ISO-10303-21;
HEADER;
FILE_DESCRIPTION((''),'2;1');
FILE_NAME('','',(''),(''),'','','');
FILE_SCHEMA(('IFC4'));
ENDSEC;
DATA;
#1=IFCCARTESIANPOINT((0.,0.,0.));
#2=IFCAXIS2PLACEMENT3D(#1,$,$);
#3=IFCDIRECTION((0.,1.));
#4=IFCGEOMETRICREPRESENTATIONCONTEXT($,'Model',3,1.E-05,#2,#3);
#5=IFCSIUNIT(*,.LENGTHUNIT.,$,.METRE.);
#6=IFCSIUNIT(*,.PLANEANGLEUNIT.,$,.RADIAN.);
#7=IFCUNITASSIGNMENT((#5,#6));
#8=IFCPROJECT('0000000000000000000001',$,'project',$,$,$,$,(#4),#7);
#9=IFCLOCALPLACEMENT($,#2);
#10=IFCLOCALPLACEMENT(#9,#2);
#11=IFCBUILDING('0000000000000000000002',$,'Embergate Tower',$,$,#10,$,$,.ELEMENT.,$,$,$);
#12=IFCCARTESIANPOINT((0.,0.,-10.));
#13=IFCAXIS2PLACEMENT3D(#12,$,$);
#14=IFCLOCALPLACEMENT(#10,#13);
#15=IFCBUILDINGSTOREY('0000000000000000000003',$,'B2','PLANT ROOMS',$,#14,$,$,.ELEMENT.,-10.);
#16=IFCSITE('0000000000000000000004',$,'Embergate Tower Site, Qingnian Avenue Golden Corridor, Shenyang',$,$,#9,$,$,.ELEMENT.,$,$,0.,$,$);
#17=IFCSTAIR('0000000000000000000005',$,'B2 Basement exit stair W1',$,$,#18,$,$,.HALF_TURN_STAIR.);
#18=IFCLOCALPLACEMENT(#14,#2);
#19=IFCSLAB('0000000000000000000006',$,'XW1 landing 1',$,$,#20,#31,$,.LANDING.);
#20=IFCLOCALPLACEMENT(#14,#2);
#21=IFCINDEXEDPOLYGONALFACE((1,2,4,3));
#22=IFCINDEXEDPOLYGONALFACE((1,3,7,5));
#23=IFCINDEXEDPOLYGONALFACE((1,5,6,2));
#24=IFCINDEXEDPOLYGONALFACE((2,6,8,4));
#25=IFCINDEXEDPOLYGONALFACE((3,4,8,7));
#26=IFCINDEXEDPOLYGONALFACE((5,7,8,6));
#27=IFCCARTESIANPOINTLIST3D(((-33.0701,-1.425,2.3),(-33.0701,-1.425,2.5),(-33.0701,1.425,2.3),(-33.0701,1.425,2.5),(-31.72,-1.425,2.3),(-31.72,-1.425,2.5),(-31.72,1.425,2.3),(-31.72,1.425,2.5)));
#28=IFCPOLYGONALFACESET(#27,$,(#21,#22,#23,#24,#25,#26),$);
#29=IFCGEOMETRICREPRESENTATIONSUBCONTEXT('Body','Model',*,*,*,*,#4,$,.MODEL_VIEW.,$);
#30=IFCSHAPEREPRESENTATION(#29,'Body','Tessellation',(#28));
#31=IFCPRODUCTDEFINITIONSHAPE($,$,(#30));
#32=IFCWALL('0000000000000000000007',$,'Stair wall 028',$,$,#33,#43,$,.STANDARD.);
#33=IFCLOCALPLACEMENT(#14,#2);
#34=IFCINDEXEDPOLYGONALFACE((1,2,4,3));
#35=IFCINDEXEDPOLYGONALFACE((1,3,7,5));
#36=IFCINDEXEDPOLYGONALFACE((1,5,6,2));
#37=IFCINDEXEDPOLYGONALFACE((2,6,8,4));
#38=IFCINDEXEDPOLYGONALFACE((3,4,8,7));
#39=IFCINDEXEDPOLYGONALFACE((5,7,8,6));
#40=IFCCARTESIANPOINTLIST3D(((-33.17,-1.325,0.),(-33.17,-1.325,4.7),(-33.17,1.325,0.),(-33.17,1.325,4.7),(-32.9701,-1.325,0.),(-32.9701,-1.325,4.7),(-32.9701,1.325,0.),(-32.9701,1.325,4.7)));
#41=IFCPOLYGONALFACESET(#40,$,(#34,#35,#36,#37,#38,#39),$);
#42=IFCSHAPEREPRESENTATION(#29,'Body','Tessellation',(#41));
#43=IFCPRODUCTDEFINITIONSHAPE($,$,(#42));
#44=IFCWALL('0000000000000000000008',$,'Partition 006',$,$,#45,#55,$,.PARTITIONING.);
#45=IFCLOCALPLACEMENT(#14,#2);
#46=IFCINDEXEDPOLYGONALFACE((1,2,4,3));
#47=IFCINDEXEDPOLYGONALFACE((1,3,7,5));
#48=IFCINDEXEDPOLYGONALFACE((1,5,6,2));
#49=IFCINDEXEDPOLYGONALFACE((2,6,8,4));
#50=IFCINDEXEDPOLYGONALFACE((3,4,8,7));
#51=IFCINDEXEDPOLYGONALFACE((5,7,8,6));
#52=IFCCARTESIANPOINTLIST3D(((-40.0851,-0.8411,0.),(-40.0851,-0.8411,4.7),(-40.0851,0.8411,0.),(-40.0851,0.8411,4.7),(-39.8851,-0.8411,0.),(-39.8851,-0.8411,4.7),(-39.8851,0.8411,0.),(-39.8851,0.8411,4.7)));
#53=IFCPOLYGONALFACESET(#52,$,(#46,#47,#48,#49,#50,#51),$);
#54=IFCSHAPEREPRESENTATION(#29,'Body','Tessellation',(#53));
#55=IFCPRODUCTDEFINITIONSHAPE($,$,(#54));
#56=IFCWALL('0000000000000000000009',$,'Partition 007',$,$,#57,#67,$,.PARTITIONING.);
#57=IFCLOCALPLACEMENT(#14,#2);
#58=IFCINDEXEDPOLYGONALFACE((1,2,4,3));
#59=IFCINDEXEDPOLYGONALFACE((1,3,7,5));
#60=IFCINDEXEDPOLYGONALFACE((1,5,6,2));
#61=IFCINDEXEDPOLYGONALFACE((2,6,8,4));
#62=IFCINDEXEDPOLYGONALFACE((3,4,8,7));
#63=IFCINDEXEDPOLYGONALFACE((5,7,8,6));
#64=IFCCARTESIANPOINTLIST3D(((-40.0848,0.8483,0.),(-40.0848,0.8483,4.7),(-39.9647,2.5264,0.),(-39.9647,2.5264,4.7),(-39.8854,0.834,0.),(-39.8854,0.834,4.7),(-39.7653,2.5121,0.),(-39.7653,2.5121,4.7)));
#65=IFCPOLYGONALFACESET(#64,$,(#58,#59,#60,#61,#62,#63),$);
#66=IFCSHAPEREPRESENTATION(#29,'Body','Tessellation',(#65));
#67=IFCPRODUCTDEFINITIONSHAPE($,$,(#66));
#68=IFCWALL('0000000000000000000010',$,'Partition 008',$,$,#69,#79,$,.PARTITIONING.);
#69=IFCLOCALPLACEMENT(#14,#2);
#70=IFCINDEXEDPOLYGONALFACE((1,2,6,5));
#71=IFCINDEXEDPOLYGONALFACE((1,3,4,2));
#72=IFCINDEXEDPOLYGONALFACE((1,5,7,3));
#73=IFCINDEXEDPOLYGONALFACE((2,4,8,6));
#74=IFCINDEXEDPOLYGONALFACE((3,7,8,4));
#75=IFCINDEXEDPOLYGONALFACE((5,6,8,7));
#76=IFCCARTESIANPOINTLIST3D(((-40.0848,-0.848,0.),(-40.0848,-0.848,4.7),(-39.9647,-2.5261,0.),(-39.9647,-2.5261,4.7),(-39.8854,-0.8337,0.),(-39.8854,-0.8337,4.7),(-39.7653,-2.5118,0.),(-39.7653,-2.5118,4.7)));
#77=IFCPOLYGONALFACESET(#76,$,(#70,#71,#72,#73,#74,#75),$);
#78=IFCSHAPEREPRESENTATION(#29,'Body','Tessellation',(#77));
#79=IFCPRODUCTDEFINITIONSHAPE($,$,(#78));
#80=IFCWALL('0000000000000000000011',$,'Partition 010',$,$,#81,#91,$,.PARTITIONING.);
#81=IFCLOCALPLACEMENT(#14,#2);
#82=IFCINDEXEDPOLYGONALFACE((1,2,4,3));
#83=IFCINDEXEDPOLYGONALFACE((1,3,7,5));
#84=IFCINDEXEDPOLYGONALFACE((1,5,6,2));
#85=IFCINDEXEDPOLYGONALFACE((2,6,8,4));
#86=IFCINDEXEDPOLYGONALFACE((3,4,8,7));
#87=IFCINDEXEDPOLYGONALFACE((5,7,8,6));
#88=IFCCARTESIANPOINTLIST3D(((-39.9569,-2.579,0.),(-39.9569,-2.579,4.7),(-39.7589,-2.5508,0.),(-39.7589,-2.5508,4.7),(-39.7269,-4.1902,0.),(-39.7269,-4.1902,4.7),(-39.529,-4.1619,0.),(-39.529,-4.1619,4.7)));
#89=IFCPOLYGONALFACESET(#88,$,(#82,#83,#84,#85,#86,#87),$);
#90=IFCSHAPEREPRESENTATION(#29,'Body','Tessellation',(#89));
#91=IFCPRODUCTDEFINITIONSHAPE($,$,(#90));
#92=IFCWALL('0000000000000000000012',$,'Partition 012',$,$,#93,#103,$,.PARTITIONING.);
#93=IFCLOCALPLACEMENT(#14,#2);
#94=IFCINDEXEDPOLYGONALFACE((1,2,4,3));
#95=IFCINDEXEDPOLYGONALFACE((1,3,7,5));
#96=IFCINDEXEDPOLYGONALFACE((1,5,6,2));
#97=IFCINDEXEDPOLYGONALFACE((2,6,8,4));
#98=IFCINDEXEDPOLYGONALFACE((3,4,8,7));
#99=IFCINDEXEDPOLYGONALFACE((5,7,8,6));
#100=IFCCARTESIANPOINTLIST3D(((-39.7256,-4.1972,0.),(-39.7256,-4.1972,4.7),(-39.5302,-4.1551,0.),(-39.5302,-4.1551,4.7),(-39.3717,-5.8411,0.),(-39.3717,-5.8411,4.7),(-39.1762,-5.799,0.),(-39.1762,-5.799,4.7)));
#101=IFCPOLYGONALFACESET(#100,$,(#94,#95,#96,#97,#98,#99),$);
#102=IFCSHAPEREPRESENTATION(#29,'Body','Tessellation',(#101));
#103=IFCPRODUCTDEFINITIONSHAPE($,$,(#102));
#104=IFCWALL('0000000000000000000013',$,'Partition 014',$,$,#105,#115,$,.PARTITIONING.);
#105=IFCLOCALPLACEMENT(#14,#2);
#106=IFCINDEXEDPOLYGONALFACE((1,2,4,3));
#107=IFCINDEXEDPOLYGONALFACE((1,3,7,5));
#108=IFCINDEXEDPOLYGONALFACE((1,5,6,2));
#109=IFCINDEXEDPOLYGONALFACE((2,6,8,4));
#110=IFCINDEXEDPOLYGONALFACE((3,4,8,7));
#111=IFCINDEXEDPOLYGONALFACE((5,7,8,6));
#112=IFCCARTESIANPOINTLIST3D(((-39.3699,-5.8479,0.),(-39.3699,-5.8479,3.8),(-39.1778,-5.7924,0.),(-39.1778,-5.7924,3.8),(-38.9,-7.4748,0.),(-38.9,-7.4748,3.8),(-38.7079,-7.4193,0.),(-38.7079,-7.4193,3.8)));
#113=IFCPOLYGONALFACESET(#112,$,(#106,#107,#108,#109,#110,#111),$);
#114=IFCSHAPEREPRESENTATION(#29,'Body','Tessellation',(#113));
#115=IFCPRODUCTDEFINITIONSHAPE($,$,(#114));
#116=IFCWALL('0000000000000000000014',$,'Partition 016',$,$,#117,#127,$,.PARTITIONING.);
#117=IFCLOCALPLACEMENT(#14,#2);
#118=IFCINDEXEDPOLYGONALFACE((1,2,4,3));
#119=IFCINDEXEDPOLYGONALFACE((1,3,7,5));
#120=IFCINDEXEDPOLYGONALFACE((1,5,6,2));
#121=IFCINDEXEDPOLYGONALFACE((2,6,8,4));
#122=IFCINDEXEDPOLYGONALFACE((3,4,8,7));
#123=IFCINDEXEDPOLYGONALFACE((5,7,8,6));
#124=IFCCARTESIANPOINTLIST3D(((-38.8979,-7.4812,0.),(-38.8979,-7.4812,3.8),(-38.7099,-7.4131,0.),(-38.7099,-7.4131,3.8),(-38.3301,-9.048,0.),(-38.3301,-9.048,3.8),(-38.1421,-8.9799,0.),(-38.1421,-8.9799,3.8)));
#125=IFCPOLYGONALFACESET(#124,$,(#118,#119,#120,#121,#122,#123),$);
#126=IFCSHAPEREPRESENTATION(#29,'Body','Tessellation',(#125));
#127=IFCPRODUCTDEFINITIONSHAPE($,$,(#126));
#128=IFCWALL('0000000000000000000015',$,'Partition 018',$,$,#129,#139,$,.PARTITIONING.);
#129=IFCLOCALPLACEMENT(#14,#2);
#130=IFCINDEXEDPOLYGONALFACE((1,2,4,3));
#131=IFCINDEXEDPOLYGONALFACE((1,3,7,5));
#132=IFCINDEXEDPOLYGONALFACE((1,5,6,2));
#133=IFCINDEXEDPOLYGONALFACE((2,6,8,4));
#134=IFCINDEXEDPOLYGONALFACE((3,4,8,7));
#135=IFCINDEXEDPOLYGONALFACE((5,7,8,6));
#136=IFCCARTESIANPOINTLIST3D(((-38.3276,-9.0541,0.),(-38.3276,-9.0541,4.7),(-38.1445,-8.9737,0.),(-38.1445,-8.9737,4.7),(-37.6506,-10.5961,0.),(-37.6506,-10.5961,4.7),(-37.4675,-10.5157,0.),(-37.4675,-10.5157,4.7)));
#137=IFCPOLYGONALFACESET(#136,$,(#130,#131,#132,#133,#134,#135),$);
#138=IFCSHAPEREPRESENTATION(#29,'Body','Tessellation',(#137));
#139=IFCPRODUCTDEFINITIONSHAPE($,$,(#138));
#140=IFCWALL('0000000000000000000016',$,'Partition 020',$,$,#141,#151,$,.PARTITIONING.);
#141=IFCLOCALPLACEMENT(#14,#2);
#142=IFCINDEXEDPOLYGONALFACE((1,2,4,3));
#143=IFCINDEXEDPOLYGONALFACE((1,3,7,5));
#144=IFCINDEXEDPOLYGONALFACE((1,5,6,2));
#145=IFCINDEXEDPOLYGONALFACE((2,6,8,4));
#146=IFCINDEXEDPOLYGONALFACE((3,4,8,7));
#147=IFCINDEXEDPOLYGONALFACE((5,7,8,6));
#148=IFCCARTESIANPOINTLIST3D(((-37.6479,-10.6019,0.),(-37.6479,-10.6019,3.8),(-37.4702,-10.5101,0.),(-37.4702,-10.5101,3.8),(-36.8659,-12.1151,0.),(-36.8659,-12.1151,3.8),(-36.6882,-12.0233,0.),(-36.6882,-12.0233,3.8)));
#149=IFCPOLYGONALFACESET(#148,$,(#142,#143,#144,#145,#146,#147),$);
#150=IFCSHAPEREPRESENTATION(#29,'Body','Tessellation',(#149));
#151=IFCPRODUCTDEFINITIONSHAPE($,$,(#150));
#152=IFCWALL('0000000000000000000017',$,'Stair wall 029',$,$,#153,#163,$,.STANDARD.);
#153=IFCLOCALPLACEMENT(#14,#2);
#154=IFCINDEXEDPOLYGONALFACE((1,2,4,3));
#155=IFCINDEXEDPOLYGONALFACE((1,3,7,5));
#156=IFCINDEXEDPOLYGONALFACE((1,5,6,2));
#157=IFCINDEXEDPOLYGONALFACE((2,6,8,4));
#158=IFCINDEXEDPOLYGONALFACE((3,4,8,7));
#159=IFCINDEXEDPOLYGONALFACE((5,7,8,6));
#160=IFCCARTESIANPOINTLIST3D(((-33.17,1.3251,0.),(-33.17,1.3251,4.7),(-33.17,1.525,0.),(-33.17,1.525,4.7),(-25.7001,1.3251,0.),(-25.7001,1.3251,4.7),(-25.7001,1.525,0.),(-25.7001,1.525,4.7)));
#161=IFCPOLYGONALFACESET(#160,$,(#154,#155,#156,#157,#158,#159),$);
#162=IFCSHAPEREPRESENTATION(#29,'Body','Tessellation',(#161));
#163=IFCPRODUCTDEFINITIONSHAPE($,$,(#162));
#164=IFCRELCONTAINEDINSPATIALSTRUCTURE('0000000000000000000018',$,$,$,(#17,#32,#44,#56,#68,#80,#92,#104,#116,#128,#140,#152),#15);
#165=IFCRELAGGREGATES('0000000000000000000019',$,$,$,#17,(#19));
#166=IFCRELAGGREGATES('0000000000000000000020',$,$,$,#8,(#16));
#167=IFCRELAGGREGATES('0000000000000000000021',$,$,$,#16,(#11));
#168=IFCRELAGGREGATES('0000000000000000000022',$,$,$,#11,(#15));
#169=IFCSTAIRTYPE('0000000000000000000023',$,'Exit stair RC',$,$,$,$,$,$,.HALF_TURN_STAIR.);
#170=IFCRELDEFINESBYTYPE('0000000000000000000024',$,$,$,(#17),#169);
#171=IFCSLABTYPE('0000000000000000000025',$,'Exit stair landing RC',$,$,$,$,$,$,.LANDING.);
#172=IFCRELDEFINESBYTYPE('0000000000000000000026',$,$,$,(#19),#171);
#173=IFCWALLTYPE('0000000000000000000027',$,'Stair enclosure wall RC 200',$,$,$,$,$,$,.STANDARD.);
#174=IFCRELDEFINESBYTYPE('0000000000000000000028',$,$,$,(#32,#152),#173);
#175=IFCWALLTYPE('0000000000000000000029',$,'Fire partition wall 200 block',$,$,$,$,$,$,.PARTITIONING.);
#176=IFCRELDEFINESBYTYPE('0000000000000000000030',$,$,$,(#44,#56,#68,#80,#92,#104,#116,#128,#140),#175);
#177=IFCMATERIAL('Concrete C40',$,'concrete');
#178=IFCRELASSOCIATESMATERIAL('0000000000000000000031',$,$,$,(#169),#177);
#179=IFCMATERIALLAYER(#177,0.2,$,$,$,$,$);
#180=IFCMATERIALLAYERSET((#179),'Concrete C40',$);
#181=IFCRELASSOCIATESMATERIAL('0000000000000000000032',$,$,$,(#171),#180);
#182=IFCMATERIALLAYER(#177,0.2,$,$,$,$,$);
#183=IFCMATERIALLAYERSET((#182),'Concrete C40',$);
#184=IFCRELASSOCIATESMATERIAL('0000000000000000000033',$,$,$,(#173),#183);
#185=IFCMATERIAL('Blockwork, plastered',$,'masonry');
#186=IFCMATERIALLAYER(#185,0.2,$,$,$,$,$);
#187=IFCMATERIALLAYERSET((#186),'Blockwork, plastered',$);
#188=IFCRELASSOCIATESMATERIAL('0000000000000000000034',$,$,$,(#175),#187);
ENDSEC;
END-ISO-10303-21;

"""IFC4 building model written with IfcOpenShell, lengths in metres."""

from ifc_helpers import new_model, si_unit, direction, frame, frame_2d, origin, place, context, subcontext, project, spatial, polyline, rectangle, outline, extrude, source, transform, mapped, material, layer, layer_set, type_object, element, aggregate, save


model = new_model("IFC4")

# Units and contexts
model_context = context("Model", 3, precision=1e-05, world=origin(), true_north=direction((0.0, 1.0)))
body_context = subcontext(model_context, "Body", "Model", "MODEL_VIEW")
ifc_project = project(units=[si_unit("LENGTHUNIT", "METRE"), si_unit("PLANEANGLEUNIT", "RADIAN")], contexts=[model_context])

# Site, building, storey
site_placement = place(None, origin())
site = spatial("IfcSite", under=ifc_project, at=site_placement, Name="Embergate Tower Site, Qingnian Avenue Golden Corridor, Shenyang", CompositionType="ELEMENT", RefElevation=0.0)
building_placement = place(site_placement, origin())
building = spatial("IfcBuilding", under=site, at=building_placement, Name="Embergate Tower", CompositionType="ELEMENT")
storey_placement = place(building_placement, frame((0.0, 0.0, -10.0)))
storey = spatial("IfcBuildingStorey", under=building, at=storey_placement, Name="B2", Description="PLANT ROOMS", CompositionType="ELEMENT", Elevation=-10.0)

# Shared definitions
ifc_material_1 = material(Name="Concrete C40", Category="concrete")

# Stair, slab
stair_type = type_object("IfcStairType", Name="Exit stair RC", PredefinedType="HALF_TURN_STAIR", material=ifc_material_1)
stair_placement = place(storey_placement, origin())
stair = element("IfcStair", 1, at=stair_placement, inside=storey, type_object=stair_type, Name="B2 Basement exit stair W1", PredefinedType="HALF_TURN_STAIR")
ifc_layer_1 = layer(ifc_material_1, 0.2)
ifc_layer_set_1 = layer_set([ifc_layer_1], Name="Concrete C40")
slab_type = type_object("IfcSlabType", Name="Exit stair landing RC", PredefinedType="LANDING", material=ifc_layer_set_1)
shared_shape_1 = source(origin(), body_context, "Body", "SweptSolid", [
    extrude(outline(polyline([(0.0, 0.0), (1.3501, 0.0), (1.3501, 2.8501), (0.0, 2.8501), (0.0, 0.0)])), origin(), (0.0, 0.0, 1.0), 0.2),
])
slab_placement = place(storey_placement, frame((-33.0701, -1.425, 2.3)))
slab = element("IfcSlab", 2, at=slab_placement, type_object=slab_type, Name="XW1 landing 1", PredefinedType="LANDING", context=body_context, shape_type="MappedRepresentation", body=[
    mapped(shared_shape_1, transform((0.0, 0.0, 0.0))),
])

# Walls
ifc_layer_2 = layer(ifc_material_1, 0.2)
ifc_layer_set_2 = layer_set([ifc_layer_2], Name="Concrete C40")
wall_type_1 = type_object("IfcWallType", Name="Stair enclosure wall RC 200", PredefinedType="STANDARD", material=ifc_layer_set_2)
shared_shape_2 = source(origin(), body_context, "Body", "SweptSolid", [
    extrude(rectangle(XDim=2.6499, YDim=0.2, at=frame_2d((1.325, 0.0))), origin(), (0.0, 0.0, 1.0), 4.7),
])
wall_1_placement = place(storey_placement, frame((-33.0701, -1.325, 0.0), z_axis=(0.0, 0.0, 1.0), x_axis=(0.0, 1.0, 0.0)))
element("IfcWall", 3, at=wall_1_placement, inside=storey, type_object=wall_type_1, Name="Stair wall 028", PredefinedType="STANDARD", context=body_context, shape_type="MappedRepresentation", body=[
    mapped(shared_shape_2, transform((0.0, 0.0, 0.0))),
])
ifc_material_2 = material(Name="Blockwork, plastered", Category="masonry")
ifc_layer_3 = layer(ifc_material_2, 0.2)
ifc_layer_set_3 = layer_set([ifc_layer_3], Name="Blockwork, plastered")
wall_type_2 = type_object("IfcWallType", Name="Fire partition wall 200 block", PredefinedType="PARTITIONING", material=ifc_layer_set_3)
shared_shape_3 = source(origin(), body_context, "Body", "SweptSolid", [
    extrude(rectangle(XDim=1.6821, YDim=0.2, at=frame_2d((0.8411, 0.0))), origin(), (0.0, 0.0, 1.0), 4.7),
])
wall_2_placement = place(storey_placement, frame((-39.9851, -0.8411, 0.0), z_axis=(0.0, 0.0, 1.0), x_axis=(0.0, 1.0, 0.0)))
element("IfcWall", 4, at=wall_2_placement, inside=storey, type_object=wall_type_2, Name="Partition 006", PredefinedType="PARTITIONING", context=body_context, shape_type="MappedRepresentation", body=[
    mapped(shared_shape_3, transform((0.0, 0.0, 0.0))),
])
shared_shape_4 = source(origin(), body_context, "Body", "SweptSolid", [
    extrude(rectangle(XDim=1.6824, YDim=0.2, at=frame_2d((0.8413, 0.0))), origin(), (0.0, 0.0, 1.0), 4.7),
])
for number, where, z_axis, x_axis, name in (
    (5, (-39.9851, 0.8411, 0.0), (0.0, 0.0, 1.0), (0.071402, 0.997448, 0.0), "Partition 007"),
    (6, (-39.865, -2.519, 0.0), (0.0, 0.0, 1.0), (-0.071402, 0.997448, 0.0), "Partition 008"),
):
    element("IfcWall", number, at=place(storey_placement, frame(where, z_axis=z_axis, x_axis=x_axis)), inside=storey, type_object=wall_type_2, Name=name, PredefinedType="PARTITIONING", context=body_context, shape_type="MappedRepresentation", body=[
        mapped(shared_shape_4, transform((0.0, 0.0, 0.0))),
    ])
shared_shape_5 = source(origin(), body_context, "Body", "SweptSolid", [
    extrude(rectangle(XDim=1.6274, YDim=0.2, at=frame_2d((0.8137, 0.0))), origin(), (0.0, 0.0, 1.0), 4.7),
])
wall_3_placement = place(storey_placement, frame((-39.6279, -4.176, 0.0), z_axis=(0.0, 0.0, 1.0), x_axis=(-0.141316, 0.989964, 0.0)))
element("IfcWall", 7, at=wall_3_placement, inside=storey, type_object=wall_type_2, Name="Partition 010", PredefinedType="PARTITIONING", context=body_context, shape_type="MappedRepresentation", body=[
    mapped(shared_shape_5, transform((0.0, 0.0, 0.0))),
])
shared_shape_6 = source(origin(), body_context, "Body", "SweptSolid", [
    extrude(rectangle(XDim=1.6816, YDim=0.2, at=frame_2d((0.8408, 0.0))), origin(), (0.0, 0.0, 1.0), 4.7),
])
wall_4_placement = place(storey_placement, frame((-39.2739, -5.8201, 0.0), z_axis=(0.0, 0.0, 1.0), x_axis=(-0.210501, 0.977594, 0.0)))
element("IfcWall", 8, at=wall_4_placement, inside=storey, type_object=wall_type_2, Name="Partition 012", PredefinedType="PARTITIONING", context=body_context, shape_type="MappedRepresentation", body=[
    mapped(shared_shape_6, transform((0.0, 0.0, 0.0))),
])
shared_shape_7 = source(origin(), body_context, "Body", "SweptSolid", [
    extrude(rectangle(XDim=1.6934, YDim=0.2, at=frame_2d((0.8467, 0.0))), origin(), (0.0, 0.0, 1.0), 3.8),
])
wall_5_placement = place(storey_placement, frame((-38.804, -7.447, 0.0), z_axis=(0.0, 0.0, 1.0), x_axis=(-0.277519, 0.96072, 0.0)))
element("IfcWall", 9, at=wall_5_placement, inside=storey, type_object=wall_type_2, Name="Partition 014", PredefinedType="PARTITIONING", context=body_context, shape_type="MappedRepresentation", body=[
    mapped(shared_shape_7, transform((0.0, 0.0, 0.0))),
])
shared_shape_8 = source(origin(), body_context, "Body", "SweptSolid", [
    extrude(rectangle(XDim=1.6665, YDim=0.2, at=frame_2d((0.8333, 0.0))), origin(), (0.0, 0.0, 1.0), 3.8),
])
wall_6_placement = place(storey_placement, frame((-38.2361, -9.0139, 0.0), z_axis=(0.0, 0.0, 1.0), x_axis=(-0.340731, 0.940161, 0.0)))
element("IfcWall", 10, at=wall_6_placement, inside=storey, type_object=wall_type_2, Name="Partition 016", PredefinedType="PARTITIONING", context=body_context, shape_type="MappedRepresentation", body=[
    mapped(shared_shape_8, transform((0.0, 0.0, 0.0))),
])
shared_shape_9 = source(origin(), body_context, "Body", "SweptSolid", [
    extrude(rectangle(XDim=1.6841, YDim=0.2, at=frame_2d((0.842, 0.0))), origin(), (0.0, 0.0, 1.0), 4.7),
])
wall_7_placement = place(storey_placement, frame((-37.5591, -10.5559, 0.0), z_axis=(0.0, 0.0, 1.0), x_axis=(-0.402005, 0.915638, 0.0)))
element("IfcWall", 11, at=wall_7_placement, inside=storey, type_object=wall_type_2, Name="Partition 018", PredefinedType="PARTITIONING", context=body_context, shape_type="MappedRepresentation", body=[
    mapped(shared_shape_9, transform((0.0, 0.0, 0.0))),
])
shared_shape_10 = source(origin(), body_context, "Body", "SweptSolid", [
    extrude(rectangle(XDim=1.7034, YDim=0.2, at=frame_2d((0.8516, 0.0))), origin(), (0.0, 0.0, 1.0), 3.8),
])
wall_8_placement = place(storey_placement, frame((-36.7771, -12.0691, 0.0), z_axis=(0.0, 0.0, 1.0), x_axis=(-0.459099, 0.888385, 0.0)))
element("IfcWall", 12, at=wall_8_placement, inside=storey, type_object=wall_type_2, Name="Partition 020", PredefinedType="PARTITIONING", context=body_context, shape_type="MappedRepresentation", body=[
    mapped(shared_shape_10, transform((0.0, 0.0, 0.0))),
])
shared_shape_11 = source(origin(), body_context, "Body", "SweptSolid", [
    extrude(rectangle(XDim=7.47, YDim=0.2, at=frame_2d((3.7349, 0.0))), origin(), (0.0, 0.0, 1.0), 4.7),
])
wall_9_placement = place(storey_placement, frame((-33.1699, 1.425, 0.0), z_axis=(0.0, 0.0, 1.0), x_axis=(1.0, 0.0, 0.0)))
element("IfcWall", 13, at=wall_9_placement, inside=storey, type_object=wall_type_1, Name="Stair wall 029", PredefinedType="STANDARD", context=body_context, shape_type="MappedRepresentation", body=[
    mapped(shared_shape_11, transform((0.0, 0.0, 0.0))),
])

aggregate(stair, [slab])

save(model, "model.ifc")
